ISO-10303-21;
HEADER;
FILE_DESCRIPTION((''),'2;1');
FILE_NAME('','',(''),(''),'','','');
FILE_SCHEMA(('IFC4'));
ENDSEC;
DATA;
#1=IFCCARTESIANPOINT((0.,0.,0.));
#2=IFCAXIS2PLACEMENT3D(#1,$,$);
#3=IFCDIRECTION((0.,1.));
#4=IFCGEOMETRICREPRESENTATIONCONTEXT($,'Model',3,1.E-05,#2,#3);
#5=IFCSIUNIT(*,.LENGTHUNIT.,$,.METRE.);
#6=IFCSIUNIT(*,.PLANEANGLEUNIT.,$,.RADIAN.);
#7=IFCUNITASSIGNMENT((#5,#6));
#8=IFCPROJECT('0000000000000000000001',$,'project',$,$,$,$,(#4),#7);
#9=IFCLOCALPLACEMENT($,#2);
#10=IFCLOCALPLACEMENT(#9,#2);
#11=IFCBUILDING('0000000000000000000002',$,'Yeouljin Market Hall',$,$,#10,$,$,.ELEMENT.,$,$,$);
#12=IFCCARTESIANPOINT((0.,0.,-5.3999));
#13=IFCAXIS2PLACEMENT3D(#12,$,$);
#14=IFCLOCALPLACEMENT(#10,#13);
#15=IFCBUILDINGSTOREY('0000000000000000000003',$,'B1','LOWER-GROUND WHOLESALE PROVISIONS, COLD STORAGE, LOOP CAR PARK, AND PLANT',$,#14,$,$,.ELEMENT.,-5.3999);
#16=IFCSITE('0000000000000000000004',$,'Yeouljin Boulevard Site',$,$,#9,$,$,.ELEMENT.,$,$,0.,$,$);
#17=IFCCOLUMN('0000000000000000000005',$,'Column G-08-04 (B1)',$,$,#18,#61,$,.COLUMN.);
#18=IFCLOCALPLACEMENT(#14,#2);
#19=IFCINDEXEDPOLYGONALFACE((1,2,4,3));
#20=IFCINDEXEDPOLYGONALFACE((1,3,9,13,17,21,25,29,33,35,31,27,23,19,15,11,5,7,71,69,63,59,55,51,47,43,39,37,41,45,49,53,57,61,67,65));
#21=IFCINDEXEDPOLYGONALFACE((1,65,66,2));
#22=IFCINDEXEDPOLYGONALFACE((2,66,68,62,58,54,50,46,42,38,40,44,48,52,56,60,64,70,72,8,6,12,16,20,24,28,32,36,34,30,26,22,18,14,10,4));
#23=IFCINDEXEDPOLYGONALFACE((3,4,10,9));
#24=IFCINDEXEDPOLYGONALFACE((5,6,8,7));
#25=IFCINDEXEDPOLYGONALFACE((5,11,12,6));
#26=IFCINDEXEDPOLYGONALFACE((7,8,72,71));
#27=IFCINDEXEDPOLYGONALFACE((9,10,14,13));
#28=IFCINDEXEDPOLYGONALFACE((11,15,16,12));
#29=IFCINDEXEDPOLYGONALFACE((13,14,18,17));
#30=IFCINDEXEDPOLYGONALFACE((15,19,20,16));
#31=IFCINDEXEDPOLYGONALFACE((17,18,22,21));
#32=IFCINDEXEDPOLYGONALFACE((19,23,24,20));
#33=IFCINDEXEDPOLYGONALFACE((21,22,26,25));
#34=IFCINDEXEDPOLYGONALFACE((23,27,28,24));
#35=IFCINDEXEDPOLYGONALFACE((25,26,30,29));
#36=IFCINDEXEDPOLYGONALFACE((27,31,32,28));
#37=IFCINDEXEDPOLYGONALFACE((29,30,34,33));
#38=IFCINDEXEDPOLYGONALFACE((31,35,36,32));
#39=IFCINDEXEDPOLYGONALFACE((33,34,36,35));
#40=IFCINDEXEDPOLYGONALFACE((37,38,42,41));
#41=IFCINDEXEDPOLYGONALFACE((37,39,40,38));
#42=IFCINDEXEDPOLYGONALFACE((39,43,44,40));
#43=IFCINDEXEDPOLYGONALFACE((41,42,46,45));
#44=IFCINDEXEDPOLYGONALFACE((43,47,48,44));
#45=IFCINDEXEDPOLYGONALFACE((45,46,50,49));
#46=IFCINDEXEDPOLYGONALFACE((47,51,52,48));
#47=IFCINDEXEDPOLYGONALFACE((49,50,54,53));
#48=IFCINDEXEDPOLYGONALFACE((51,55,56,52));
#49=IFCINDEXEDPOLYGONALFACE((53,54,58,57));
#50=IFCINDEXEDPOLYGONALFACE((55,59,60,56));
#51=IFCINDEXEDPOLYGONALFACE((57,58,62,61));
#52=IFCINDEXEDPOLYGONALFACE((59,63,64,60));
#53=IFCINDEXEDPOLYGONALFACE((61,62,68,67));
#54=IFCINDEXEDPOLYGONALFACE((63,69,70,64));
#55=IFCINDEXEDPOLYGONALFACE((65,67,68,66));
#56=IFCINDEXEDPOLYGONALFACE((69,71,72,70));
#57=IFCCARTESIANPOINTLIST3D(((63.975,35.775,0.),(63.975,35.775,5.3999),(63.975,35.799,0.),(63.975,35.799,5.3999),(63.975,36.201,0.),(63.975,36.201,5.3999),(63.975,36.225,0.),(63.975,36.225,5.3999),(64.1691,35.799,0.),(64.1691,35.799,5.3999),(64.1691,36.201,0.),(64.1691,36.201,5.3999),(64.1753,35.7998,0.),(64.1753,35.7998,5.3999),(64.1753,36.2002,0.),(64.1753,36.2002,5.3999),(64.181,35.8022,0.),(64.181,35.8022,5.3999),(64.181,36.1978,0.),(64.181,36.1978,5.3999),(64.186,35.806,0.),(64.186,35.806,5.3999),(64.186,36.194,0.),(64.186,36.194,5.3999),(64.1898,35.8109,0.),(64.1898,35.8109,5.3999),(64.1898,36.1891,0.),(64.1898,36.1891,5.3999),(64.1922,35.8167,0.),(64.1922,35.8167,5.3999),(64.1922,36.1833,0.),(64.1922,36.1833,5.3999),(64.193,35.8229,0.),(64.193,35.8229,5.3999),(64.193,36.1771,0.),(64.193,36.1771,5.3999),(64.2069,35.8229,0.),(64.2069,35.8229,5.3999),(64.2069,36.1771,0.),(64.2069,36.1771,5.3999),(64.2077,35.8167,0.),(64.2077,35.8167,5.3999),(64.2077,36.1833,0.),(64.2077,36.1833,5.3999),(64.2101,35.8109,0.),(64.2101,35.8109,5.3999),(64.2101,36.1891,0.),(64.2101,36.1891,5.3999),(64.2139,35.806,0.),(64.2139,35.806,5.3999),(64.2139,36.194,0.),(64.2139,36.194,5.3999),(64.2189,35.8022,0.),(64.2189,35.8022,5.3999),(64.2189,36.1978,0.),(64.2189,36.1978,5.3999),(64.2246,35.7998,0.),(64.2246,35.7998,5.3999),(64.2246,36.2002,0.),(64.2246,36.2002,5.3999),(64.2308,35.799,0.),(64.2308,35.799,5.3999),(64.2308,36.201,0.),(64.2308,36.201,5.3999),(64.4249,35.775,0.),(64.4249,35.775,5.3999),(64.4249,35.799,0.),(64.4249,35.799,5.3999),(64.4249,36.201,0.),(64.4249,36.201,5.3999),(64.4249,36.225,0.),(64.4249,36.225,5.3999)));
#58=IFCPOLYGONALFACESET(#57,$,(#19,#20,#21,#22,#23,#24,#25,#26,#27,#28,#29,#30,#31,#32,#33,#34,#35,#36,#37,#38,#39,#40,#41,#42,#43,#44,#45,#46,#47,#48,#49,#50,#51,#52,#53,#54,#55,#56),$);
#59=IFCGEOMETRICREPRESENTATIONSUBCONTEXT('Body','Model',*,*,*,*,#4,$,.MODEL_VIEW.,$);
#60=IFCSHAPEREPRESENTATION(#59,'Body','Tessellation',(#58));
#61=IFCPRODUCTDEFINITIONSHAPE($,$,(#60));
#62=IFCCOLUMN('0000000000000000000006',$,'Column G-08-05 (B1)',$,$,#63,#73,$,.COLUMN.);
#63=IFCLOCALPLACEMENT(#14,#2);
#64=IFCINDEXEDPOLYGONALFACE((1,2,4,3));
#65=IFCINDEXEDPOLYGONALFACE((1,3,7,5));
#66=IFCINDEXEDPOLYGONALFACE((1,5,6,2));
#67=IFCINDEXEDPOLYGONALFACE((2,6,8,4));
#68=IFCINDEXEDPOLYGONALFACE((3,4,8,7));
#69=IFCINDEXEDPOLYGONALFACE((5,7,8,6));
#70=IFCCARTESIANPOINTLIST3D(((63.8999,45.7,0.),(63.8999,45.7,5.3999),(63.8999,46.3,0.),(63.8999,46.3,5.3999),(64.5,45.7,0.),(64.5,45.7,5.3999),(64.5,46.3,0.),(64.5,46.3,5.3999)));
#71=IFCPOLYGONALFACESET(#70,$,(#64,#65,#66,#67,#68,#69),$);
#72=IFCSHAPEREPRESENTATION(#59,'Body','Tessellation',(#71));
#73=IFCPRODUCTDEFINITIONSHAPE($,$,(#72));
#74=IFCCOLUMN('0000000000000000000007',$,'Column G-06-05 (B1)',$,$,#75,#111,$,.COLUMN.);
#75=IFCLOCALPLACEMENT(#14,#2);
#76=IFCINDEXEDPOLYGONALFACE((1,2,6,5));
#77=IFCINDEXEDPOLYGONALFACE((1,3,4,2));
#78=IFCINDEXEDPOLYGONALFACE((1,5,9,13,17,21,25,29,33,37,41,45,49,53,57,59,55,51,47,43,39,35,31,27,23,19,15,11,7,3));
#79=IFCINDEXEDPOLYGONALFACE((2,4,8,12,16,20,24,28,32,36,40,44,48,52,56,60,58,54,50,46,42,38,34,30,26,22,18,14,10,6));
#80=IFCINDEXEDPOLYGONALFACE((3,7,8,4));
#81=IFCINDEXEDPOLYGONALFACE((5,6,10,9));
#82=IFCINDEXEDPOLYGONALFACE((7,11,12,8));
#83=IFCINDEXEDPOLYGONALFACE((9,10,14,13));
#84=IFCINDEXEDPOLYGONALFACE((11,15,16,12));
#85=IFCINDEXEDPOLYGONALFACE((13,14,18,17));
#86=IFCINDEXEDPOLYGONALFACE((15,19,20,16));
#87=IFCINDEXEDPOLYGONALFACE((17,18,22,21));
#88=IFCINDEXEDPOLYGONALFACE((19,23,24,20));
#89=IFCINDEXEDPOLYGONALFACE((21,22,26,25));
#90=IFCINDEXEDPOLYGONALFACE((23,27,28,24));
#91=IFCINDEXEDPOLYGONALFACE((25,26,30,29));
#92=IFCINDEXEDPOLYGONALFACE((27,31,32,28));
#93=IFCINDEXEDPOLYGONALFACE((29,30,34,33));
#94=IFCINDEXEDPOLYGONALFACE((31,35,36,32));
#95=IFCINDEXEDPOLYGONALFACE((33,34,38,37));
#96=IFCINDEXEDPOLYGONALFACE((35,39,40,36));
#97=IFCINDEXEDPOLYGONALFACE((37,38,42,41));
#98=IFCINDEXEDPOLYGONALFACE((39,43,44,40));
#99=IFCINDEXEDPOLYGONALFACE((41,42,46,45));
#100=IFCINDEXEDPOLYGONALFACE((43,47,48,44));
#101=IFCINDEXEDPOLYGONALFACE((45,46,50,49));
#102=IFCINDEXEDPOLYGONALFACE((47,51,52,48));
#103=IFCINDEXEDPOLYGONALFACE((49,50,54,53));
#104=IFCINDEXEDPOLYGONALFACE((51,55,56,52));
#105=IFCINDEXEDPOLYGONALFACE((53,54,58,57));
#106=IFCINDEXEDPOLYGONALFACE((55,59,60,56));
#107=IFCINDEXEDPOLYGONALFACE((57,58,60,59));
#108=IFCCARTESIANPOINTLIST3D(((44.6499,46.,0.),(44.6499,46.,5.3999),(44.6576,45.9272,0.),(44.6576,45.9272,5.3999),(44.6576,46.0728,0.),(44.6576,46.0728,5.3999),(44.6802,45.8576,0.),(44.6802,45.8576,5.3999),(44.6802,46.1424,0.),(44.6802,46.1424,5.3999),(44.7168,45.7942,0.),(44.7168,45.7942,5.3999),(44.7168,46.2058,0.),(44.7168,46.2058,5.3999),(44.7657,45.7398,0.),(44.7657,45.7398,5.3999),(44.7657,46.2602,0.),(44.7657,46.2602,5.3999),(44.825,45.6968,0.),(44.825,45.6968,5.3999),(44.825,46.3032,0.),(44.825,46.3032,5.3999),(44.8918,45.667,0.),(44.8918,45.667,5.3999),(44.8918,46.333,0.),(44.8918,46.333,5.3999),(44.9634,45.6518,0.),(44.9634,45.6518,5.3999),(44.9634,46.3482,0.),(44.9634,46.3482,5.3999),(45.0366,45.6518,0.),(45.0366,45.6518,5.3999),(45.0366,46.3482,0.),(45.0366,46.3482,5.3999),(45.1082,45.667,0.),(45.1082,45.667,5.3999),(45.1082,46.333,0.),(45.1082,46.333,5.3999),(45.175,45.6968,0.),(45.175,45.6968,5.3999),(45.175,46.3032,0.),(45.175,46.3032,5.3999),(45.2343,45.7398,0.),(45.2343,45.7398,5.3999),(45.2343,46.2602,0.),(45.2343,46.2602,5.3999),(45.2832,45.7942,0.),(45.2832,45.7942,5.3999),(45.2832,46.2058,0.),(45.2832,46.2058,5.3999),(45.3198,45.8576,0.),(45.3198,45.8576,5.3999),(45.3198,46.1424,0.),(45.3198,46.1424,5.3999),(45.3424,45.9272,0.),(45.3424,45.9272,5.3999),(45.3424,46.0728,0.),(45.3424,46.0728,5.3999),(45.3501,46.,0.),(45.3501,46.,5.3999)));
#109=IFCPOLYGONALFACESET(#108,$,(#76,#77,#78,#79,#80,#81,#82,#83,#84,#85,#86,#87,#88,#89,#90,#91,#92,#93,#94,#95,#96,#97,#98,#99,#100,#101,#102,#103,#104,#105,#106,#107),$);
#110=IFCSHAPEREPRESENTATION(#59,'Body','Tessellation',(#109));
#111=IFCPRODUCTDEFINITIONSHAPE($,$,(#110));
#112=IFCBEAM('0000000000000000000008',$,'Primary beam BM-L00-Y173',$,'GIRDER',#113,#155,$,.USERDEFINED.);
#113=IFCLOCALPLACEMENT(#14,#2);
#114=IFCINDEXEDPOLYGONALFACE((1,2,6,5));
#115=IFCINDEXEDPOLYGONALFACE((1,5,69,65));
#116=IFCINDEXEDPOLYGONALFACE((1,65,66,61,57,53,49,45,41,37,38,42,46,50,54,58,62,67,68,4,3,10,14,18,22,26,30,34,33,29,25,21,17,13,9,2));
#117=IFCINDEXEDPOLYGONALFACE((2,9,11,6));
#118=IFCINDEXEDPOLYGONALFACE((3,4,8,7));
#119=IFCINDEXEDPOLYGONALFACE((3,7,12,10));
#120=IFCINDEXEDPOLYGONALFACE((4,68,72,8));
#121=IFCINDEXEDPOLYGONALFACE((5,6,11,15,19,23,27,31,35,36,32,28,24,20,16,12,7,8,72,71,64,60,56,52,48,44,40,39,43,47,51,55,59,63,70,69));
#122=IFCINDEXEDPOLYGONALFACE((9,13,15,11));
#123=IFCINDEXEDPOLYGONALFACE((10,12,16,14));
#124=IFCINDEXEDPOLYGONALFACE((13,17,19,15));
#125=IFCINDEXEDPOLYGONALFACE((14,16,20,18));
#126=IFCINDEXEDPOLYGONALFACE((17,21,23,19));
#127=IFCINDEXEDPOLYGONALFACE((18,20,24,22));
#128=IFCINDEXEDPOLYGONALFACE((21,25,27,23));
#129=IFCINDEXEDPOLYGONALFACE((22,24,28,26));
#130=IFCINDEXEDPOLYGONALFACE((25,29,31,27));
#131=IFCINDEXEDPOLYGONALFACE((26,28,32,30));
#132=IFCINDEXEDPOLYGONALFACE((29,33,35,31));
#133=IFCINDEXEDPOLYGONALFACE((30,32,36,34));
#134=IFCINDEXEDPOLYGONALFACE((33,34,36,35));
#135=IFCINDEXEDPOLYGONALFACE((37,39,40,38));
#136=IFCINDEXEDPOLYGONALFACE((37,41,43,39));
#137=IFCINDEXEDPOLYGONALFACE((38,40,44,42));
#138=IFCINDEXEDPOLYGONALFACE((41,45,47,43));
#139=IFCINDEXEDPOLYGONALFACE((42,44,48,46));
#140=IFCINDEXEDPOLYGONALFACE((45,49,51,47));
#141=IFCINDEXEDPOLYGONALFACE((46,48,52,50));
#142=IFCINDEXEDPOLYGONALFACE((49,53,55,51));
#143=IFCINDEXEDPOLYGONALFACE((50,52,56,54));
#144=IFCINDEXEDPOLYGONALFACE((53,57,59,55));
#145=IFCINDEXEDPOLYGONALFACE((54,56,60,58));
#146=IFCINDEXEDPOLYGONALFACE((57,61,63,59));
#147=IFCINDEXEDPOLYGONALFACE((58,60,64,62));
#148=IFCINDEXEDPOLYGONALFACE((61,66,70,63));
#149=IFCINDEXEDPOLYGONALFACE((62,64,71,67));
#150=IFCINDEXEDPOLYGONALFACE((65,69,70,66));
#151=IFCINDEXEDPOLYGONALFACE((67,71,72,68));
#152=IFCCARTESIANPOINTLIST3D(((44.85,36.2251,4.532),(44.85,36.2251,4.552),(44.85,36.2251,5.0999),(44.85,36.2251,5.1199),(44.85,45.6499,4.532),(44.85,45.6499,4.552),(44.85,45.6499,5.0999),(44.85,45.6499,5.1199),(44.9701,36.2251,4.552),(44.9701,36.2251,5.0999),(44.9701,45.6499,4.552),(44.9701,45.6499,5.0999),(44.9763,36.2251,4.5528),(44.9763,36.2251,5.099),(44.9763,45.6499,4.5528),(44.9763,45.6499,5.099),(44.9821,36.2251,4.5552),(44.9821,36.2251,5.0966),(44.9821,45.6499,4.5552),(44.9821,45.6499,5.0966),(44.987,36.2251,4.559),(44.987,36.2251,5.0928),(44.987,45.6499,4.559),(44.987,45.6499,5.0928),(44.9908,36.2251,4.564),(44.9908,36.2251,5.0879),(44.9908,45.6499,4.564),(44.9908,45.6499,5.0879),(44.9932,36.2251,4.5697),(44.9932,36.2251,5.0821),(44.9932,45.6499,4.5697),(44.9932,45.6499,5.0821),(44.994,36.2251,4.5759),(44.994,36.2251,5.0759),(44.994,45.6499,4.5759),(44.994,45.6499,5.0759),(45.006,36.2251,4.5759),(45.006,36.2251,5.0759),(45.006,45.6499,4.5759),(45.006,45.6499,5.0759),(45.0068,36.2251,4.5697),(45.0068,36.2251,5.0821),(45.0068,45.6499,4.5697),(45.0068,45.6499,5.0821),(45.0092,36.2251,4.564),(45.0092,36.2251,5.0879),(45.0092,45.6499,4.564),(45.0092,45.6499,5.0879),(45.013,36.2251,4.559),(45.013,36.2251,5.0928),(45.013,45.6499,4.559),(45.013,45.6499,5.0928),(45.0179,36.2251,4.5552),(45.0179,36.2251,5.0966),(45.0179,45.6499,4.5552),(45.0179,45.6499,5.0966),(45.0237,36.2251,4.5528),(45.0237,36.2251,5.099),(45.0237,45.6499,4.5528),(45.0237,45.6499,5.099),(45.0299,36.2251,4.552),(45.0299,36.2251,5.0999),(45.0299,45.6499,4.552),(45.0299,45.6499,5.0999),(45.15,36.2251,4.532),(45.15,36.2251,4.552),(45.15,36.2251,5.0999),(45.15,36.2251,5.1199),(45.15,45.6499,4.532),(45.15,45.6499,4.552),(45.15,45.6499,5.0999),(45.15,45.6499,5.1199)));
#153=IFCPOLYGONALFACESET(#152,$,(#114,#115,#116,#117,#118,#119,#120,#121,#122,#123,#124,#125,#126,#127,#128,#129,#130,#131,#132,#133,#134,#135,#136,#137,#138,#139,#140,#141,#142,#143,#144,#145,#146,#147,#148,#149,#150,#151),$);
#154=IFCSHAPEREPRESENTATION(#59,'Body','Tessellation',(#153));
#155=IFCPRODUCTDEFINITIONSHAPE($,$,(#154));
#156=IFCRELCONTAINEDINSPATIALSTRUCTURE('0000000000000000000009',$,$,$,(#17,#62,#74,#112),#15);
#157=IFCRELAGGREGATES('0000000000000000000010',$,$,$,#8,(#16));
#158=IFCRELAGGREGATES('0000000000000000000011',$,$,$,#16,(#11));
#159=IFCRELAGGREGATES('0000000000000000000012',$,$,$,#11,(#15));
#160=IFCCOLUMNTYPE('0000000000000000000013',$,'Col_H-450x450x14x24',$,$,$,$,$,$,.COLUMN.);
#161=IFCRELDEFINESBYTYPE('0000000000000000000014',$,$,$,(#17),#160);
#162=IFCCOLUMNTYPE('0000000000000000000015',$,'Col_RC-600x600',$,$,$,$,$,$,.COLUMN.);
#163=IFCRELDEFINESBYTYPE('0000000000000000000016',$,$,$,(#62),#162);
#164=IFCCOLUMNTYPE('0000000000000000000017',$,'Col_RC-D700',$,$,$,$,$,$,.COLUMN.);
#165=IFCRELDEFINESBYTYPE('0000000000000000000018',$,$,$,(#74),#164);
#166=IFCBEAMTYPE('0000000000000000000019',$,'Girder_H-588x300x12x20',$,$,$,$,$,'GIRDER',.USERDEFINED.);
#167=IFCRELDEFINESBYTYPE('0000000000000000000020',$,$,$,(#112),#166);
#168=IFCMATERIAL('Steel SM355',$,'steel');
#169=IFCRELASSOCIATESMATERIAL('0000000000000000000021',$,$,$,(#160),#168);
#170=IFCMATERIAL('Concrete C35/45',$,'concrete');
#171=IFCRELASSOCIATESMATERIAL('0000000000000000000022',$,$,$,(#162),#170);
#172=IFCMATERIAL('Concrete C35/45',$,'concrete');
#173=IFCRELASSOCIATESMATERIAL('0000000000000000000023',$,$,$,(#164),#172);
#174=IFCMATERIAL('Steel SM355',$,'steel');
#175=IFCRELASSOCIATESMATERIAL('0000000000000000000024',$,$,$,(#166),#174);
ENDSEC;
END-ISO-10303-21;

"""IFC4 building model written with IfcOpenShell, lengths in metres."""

from ifc_helpers import new_model, si_unit, direction, frame, origin, origin_2d, place, context, subcontext, project, spatial, rectangle, circle, i_section, extrude, material, material_profile, profile_set, type_object, element, save


model = new_model("IFC4")

# Units and contexts
model_context = context("Model", 3, precision=1e-05, world=origin(), true_north=direction((0.0, 1.0)))
body_context = subcontext(model_context, "Body", "Model", "MODEL_VIEW")
ifc_project = project(units=[si_unit("LENGTHUNIT", "METRE"), si_unit("PLANEANGLEUNIT", "RADIAN")], contexts=[model_context])

# Site, building, storey
site_placement = place(None, origin())
site = spatial("IfcSite", under=ifc_project, at=site_placement, Name="Yeouljin Boulevard Site", CompositionType="ELEMENT", RefElevation=0.0)
building_placement = place(site_placement, origin())
building = spatial("IfcBuilding", under=site, at=building_placement, Name="Yeouljin Market Hall", CompositionType="ELEMENT")
storey_placement = place(building_placement, frame((0.0, 0.0, -5.3999)))
storey = spatial("IfcBuildingStorey", under=building, at=storey_placement, Name="B1", Description="LOWER-GROUND WHOLESALE PROVISIONS, COLD STORAGE, LOOP CAR PARK, AND PLANT", CompositionType="ELEMENT", Elevation=-5.3999)

# Columns
ifc_material_1 = material(Name="Steel SM355", Category="steel")
ifc_material_profile_1 = material_profile(ifc_material_1, i_section(OverallWidth=0.45, OverallDepth=0.45, WebThickness=0.0139, FlangeThickness=0.0239, FilletRadius=0.0239, at=origin_2d()), Name="H-450x450x14x24")
ifc_profile_set_1 = profile_set([ifc_material_profile_1], Name="Steel SM355")
column_type_1 = type_object("IfcColumnType", Name="Col_H-450x450x14x24", PredefinedType="COLUMN", material=ifc_profile_set_1)
for number, where, z_axis, x_axis, name in (
    (1, (64.2, 36.0, 0.0), (0.0, 0.0, 1.0), (1.0, 0.0, 0.0), "Column G-08-04 (B1)"),
):
    element("IfcColumn", number, at=place(storey_placement, frame(where, z_axis=z_axis, x_axis=x_axis)), inside=storey, type_object=column_type_1, Name=name, PredefinedType="COLUMN", context=body_context, shape_type="SweptSolid", body=[
        extrude(i_section(OverallWidth=0.45, OverallDepth=0.45, WebThickness=0.0139, FlangeThickness=0.0239, FilletRadius=0.0239, at=origin_2d()), origin(), (0.0, 0.0, 1.0), 5.3999),
    ])
ifc_material_2 = material(Name="Concrete C35/45", Category="concrete")
ifc_material_profile_2 = material_profile(ifc_material_2, rectangle(XDim=0.6001, YDim=0.6001, at=origin_2d()), Name="RC-600x600")
ifc_profile_set_2 = profile_set([ifc_material_profile_2], Name="Concrete C35/45")
column_type_2 = type_object("IfcColumnType", Name="Col_RC-600x600", PredefinedType="COLUMN", material=ifc_profile_set_2)
column_1_placement = place(storey_placement, frame((64.2, 46.0, 0.0), z_axis=(0.0, 0.0, 1.0), x_axis=(1.0, 0.0, 0.0)))
element("IfcColumn", 2, at=column_1_placement, inside=storey, type_object=column_type_2, Name="Column G-08-05 (B1)", PredefinedType="COLUMN", context=body_context, shape_type="SweptSolid", body=[
    extrude(rectangle(XDim=0.6001, YDim=0.6001, at=origin_2d()), origin(), (0.0, 0.0, 1.0), 5.3999),
])
ifc_material_3 = material(Name="Concrete C35/45", Category="concrete")
ifc_material_profile_3 = material_profile(ifc_material_3, circle(Radius=0.3501, at=origin_2d()), Name="RC-D700")
ifc_profile_set_3 = profile_set([ifc_material_profile_3], Name="Concrete C35/45")
column_type_3 = type_object("IfcColumnType", Name="Col_RC-D700", PredefinedType="COLUMN", material=ifc_profile_set_3)
column_2_placement = place(storey_placement, frame((45.0, 46.0, 0.0), z_axis=(0.0, 0.0, 1.0), x_axis=(1.0, 0.0, 0.0)))
element("IfcColumn", 3, at=column_2_placement, inside=storey, type_object=column_type_3, Name="Column G-06-05 (B1)", PredefinedType="COLUMN", context=body_context, shape_type="SweptSolid", body=[
    extrude(circle(Radius=0.3501, at=origin_2d()), origin(), (0.0, 0.0, 1.0), 5.3999),
])

# Beam
ifc_material_4 = material(Name="Steel SM355", Category="steel")
ifc_material_profile_4 = material_profile(ifc_material_4, i_section(OverallWidth=0.3, OverallDepth=0.5879, WebThickness=0.012, FlangeThickness=0.02, FilletRadius=0.0239, at=origin_2d()), Name="H-588x300x12x20")
ifc_profile_set_4 = profile_set([ifc_material_profile_4], Name="Steel SM355")
beam_type_1 = type_object("IfcBeamType", Name="Girder_H-588x300x12x20", ElementType="GIRDER", PredefinedType="USERDEFINED", material=ifc_profile_set_4)
beam_1_placement = place(storey_placement, frame((45.0, 36.2251, 4.8259), z_axis=(0.0, 1.0, 0.0), x_axis=(-1.0, 0.0, 0.0)))
element("IfcBeam", 4, at=beam_1_placement, inside=storey, type_object=beam_type_1, Name="Primary beam BM-L00-Y173", ObjectType="GIRDER", PredefinedType="USERDEFINED", context=body_context, shape_type="SweptSolid", body=[
    extrude(i_section(OverallWidth=0.3, OverallDepth=0.5879, WebThickness=0.012, FlangeThickness=0.02, FilletRadius=0.0239, at=origin_2d()), origin(), (0.0, 0.0, 1.0), 9.4248),
])

save(model, "model.ifc")
